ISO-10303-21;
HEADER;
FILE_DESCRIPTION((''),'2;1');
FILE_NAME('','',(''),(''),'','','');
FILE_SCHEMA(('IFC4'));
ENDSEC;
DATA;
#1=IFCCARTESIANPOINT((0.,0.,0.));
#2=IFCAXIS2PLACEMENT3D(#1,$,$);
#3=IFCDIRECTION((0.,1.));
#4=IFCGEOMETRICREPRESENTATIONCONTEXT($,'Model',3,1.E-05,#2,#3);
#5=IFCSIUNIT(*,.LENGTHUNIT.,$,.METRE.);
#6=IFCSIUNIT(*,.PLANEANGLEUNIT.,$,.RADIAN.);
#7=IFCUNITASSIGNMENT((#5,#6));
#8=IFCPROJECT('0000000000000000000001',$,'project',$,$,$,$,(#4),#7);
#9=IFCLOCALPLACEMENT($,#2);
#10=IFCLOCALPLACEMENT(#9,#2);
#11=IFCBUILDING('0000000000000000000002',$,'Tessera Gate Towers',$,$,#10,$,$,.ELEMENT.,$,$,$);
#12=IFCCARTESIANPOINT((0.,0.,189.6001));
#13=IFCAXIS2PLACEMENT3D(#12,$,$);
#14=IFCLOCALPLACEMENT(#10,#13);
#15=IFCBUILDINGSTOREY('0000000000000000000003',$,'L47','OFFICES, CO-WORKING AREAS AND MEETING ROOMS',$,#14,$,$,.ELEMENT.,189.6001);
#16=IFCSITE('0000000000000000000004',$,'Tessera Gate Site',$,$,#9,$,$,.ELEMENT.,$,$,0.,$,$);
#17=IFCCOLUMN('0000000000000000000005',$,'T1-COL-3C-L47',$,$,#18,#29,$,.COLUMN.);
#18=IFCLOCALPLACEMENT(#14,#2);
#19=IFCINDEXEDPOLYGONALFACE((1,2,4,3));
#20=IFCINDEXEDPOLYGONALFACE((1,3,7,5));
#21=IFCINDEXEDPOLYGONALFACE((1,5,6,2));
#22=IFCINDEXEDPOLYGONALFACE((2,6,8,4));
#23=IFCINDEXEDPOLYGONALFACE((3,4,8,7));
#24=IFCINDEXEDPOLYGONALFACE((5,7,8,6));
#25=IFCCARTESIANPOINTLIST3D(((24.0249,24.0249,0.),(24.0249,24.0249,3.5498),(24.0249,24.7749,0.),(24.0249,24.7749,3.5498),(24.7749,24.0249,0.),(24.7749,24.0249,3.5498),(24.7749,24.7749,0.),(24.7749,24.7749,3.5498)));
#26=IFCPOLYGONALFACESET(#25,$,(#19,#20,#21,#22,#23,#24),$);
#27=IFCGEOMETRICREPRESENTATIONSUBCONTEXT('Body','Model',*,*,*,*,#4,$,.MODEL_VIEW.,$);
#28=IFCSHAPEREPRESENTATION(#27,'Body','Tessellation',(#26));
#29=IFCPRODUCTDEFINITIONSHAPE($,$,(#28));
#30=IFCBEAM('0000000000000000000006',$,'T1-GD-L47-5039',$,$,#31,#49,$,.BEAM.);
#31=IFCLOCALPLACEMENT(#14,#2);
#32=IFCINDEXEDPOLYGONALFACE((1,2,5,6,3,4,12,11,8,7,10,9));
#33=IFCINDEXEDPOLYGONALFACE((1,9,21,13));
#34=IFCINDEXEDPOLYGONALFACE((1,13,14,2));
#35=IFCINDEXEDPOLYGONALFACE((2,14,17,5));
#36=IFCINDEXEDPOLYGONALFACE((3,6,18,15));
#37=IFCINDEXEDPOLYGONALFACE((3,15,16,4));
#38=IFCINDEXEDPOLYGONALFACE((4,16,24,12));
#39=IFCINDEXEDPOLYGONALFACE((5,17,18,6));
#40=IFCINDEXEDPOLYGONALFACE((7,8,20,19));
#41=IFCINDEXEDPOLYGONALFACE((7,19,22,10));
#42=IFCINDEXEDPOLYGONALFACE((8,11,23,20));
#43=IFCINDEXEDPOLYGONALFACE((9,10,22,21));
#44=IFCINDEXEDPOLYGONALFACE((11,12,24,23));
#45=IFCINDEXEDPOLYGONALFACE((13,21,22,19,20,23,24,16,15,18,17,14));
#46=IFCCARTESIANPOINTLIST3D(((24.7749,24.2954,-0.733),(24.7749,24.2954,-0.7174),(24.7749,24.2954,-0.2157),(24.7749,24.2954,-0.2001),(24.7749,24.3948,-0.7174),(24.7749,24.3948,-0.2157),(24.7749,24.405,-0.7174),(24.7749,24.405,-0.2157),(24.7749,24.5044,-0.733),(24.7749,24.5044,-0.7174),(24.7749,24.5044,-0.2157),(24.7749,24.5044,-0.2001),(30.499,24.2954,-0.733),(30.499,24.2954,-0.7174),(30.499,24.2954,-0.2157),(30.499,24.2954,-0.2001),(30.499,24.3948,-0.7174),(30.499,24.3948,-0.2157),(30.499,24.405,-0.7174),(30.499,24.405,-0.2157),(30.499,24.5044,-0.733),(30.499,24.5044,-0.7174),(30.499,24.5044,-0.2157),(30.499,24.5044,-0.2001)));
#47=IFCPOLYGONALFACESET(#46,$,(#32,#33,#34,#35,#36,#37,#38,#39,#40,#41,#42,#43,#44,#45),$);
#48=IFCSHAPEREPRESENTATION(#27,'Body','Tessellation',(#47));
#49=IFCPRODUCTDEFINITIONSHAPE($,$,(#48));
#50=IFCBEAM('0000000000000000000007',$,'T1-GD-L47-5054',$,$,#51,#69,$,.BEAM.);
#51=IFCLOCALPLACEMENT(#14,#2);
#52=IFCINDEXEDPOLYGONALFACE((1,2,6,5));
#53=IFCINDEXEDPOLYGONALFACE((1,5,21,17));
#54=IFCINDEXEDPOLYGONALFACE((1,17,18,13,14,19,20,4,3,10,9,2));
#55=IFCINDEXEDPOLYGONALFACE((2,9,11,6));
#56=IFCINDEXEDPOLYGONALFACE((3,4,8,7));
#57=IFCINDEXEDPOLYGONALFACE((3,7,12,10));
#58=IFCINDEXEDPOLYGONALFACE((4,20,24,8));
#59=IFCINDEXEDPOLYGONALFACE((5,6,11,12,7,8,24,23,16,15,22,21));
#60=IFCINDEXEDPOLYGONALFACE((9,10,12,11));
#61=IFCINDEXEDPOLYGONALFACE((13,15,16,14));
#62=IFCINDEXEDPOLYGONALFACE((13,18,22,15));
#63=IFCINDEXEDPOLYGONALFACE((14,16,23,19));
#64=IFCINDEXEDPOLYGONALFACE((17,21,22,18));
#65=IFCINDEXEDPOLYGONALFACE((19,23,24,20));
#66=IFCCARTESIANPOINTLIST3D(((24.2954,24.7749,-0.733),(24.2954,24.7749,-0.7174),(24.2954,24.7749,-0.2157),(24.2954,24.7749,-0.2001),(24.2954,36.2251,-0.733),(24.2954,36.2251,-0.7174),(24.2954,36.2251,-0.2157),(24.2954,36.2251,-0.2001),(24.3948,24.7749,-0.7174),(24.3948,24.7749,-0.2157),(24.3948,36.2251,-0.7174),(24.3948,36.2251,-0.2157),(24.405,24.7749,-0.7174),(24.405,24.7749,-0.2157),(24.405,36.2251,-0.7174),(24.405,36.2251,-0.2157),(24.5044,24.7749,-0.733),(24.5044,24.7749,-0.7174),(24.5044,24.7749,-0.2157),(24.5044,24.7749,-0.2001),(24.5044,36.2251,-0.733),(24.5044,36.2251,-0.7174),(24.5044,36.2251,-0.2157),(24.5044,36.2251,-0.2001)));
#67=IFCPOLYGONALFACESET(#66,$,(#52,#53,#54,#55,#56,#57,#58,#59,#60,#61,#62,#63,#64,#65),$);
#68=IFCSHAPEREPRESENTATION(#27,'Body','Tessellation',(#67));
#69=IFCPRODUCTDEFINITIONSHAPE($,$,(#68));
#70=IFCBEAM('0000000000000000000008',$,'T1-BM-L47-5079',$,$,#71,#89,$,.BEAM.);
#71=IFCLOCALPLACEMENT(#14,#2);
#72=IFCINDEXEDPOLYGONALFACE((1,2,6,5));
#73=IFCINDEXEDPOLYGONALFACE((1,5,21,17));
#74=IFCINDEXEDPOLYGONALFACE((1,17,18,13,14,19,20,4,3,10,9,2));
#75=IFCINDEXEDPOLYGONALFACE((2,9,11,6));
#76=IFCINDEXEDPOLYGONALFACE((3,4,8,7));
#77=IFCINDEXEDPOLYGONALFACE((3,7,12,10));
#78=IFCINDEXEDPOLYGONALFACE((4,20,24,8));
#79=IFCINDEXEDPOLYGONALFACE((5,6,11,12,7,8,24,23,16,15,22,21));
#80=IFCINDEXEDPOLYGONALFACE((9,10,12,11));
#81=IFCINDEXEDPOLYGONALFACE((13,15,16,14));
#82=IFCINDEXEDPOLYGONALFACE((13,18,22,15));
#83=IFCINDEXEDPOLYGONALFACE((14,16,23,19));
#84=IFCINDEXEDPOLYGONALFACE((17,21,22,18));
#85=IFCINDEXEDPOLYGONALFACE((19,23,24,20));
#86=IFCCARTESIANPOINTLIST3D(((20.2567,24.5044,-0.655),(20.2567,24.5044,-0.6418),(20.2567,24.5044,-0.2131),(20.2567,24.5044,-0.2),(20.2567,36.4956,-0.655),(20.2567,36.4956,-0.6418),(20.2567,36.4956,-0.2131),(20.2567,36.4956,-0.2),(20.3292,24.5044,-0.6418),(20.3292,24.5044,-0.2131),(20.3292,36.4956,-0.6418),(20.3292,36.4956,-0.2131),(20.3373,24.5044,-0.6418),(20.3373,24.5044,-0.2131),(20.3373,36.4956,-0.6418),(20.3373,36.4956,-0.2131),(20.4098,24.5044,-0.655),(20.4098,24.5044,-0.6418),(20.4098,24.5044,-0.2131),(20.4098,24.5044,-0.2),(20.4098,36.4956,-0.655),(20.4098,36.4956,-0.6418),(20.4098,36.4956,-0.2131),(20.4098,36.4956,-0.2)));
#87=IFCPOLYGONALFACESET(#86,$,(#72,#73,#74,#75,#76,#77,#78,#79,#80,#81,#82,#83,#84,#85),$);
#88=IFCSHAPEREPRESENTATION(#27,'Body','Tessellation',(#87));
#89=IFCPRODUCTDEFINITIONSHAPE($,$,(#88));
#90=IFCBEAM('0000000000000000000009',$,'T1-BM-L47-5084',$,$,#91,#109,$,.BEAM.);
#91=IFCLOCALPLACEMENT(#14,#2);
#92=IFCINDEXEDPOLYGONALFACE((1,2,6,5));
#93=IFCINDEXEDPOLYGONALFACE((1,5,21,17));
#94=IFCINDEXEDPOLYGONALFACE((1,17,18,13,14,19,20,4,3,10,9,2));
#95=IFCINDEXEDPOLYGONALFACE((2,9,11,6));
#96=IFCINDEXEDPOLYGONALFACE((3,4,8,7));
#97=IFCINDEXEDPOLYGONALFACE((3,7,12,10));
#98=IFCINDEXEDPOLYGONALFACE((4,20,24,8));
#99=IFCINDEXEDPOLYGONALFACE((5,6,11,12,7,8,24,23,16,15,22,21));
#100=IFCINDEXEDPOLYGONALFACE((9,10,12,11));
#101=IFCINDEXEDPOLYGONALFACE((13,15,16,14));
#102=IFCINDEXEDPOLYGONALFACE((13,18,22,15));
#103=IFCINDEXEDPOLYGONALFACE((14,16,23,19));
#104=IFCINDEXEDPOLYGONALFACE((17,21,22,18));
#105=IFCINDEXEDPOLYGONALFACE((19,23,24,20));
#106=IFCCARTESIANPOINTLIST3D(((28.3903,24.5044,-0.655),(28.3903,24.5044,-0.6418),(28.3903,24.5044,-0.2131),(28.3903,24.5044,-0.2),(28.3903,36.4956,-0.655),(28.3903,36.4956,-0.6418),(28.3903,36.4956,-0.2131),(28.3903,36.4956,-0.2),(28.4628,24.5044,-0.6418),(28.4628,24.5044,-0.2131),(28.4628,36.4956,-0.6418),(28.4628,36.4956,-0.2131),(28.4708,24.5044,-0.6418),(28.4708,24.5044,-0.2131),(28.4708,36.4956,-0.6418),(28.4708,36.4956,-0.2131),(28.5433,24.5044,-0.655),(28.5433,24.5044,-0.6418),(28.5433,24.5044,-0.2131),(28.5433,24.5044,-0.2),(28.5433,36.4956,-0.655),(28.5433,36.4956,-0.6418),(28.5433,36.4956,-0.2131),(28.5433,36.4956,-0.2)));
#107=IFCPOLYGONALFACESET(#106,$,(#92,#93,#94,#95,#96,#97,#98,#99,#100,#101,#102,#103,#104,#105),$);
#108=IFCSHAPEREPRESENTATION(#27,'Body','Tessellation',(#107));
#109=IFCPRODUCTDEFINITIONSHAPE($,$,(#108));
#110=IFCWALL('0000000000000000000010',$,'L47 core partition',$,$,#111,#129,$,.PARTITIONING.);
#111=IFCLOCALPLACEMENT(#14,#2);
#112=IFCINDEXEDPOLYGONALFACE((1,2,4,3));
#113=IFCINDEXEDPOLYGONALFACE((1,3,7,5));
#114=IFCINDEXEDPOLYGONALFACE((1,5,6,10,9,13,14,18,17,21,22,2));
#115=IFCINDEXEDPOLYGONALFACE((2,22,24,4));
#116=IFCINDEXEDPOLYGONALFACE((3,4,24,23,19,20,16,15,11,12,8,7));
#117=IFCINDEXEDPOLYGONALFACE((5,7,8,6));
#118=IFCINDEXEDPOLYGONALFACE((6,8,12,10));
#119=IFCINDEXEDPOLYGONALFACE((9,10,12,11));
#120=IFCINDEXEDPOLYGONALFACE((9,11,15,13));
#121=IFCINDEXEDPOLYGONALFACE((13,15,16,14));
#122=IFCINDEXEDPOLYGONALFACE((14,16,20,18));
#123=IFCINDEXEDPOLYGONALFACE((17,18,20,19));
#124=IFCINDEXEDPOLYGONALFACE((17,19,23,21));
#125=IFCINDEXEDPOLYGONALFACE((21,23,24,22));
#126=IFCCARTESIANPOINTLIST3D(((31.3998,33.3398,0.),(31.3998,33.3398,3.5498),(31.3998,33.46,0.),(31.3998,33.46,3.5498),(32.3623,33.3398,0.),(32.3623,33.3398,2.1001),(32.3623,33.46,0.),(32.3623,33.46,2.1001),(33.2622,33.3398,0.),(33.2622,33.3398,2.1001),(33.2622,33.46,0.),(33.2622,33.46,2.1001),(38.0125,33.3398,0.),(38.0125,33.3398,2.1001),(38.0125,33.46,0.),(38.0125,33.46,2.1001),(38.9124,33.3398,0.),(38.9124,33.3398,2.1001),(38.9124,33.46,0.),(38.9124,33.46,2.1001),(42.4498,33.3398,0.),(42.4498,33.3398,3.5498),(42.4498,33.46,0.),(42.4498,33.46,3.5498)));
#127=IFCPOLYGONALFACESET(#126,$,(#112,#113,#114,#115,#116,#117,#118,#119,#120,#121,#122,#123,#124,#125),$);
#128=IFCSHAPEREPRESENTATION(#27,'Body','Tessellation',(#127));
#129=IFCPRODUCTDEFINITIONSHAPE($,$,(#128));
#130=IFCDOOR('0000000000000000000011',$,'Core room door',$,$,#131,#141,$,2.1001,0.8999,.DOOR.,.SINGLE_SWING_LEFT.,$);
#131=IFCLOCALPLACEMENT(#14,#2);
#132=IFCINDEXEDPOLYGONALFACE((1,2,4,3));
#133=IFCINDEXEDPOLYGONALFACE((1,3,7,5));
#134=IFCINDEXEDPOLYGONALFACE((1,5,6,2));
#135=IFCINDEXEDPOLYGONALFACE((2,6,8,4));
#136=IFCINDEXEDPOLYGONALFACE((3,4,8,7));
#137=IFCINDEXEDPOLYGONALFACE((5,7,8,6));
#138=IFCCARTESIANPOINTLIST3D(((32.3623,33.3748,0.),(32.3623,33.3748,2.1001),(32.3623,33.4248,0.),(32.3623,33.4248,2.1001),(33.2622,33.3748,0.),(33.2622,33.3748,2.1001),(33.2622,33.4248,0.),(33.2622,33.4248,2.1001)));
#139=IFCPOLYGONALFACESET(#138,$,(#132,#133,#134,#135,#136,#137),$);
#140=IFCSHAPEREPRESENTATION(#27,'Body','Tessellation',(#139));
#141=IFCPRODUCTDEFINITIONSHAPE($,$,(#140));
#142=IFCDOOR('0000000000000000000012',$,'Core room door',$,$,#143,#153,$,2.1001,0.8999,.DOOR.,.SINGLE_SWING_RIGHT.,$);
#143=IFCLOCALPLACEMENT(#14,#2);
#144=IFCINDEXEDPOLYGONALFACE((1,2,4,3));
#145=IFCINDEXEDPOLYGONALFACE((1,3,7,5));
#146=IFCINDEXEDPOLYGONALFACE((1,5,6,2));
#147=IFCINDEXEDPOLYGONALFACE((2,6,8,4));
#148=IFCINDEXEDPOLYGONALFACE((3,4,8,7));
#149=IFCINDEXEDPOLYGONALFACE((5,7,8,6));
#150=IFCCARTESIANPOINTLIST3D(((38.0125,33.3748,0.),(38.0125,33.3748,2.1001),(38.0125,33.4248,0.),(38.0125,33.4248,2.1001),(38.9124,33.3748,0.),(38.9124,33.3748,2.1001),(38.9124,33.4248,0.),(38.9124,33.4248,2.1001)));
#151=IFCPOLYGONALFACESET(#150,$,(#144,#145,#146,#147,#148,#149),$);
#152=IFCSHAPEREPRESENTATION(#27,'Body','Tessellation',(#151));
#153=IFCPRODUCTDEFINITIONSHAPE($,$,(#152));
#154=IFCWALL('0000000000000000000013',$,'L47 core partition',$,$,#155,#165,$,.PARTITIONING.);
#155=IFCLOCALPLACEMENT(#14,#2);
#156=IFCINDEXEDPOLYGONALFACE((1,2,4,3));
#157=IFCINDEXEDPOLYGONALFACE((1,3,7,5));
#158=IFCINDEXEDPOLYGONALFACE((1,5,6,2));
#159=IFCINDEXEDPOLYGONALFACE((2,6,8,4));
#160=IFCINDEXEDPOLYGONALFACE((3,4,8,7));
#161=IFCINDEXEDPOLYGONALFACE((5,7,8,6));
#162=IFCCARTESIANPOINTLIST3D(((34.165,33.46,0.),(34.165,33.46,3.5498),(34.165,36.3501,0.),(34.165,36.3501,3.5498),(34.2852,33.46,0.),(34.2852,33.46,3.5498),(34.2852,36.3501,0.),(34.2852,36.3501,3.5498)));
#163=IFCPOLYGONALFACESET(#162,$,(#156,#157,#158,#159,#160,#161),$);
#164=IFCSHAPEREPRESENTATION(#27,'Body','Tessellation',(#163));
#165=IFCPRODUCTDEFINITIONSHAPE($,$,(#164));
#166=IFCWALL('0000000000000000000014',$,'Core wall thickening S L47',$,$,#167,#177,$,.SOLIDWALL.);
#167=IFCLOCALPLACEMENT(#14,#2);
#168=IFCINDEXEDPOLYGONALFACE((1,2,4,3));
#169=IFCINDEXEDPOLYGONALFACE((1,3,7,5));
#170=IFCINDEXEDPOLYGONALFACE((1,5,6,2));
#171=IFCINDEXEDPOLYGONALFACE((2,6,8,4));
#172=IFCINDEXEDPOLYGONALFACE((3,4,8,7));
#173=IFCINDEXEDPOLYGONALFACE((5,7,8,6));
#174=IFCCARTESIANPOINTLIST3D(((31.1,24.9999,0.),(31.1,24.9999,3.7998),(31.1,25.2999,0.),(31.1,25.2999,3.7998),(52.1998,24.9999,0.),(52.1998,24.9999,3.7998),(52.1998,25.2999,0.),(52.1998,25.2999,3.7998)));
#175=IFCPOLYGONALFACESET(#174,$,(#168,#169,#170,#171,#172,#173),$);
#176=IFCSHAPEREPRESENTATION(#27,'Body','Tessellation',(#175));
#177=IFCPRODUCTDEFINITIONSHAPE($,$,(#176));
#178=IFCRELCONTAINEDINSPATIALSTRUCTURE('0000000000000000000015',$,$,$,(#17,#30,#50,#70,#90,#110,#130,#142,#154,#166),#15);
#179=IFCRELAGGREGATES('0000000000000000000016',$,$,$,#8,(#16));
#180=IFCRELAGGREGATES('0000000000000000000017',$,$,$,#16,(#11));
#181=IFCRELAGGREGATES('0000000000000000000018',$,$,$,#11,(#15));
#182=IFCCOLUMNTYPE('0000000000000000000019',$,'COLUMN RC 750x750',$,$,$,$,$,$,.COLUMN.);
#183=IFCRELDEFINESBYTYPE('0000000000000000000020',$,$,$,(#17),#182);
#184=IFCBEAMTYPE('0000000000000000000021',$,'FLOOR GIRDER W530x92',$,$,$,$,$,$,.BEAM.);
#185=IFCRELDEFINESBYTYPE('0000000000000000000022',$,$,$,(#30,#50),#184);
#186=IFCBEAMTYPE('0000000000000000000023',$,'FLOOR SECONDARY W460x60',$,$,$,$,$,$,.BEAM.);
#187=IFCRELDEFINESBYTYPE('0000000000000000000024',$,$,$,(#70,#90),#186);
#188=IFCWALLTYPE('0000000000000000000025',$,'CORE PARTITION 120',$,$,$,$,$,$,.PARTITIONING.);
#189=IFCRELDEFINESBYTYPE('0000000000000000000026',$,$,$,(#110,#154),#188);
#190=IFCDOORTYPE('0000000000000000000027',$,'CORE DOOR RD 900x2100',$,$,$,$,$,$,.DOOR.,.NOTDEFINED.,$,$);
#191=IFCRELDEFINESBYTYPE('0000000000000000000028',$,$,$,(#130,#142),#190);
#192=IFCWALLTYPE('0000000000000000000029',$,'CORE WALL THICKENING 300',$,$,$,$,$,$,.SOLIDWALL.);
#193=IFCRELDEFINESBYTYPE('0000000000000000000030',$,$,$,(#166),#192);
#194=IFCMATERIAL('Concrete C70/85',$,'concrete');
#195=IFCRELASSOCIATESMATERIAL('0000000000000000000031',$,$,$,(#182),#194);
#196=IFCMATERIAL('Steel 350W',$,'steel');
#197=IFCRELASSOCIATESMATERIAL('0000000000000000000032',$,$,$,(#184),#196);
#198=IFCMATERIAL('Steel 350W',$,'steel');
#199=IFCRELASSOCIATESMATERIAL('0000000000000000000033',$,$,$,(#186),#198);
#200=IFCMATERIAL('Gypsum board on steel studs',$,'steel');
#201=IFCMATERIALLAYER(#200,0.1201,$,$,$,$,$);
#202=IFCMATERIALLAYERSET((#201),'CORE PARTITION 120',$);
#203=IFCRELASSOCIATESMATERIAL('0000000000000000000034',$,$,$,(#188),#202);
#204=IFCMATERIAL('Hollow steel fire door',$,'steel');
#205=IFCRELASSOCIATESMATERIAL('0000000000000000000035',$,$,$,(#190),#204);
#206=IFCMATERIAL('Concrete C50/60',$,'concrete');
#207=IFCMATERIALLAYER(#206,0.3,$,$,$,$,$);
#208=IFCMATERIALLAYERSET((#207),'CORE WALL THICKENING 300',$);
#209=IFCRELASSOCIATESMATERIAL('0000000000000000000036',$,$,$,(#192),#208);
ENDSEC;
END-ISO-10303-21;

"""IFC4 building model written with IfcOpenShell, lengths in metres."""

from ifc_helpers import new_model, si_unit, direction, frame, frame_2d, origin, origin_2d, place, context, subcontext, project, spatial, rectangle, i_section, extrude, source, transform, mapped, material, layer, layer_set, material_profile, profile_set, type_object, element, fill, save


model = new_model("IFC4")

# Units and contexts
model_context = context("Model", 3, precision=1e-05, world=origin(), true_north=direction((0.0, 1.0)))
body_context = subcontext(model_context, "Body", "Model", "MODEL_VIEW")
ifc_project = project(units=[si_unit("LENGTHUNIT", "METRE"), si_unit("PLANEANGLEUNIT", "RADIAN")], contexts=[model_context])

# Site, building, storey
site_placement = place(None, origin())
site = spatial("IfcSite", under=ifc_project, at=site_placement, Name="Tessera Gate Site", CompositionType="ELEMENT", RefElevation=0.0)
building_placement = place(site_placement, origin())
building = spatial("IfcBuilding", under=site, at=building_placement, Name="Tessera Gate Towers", CompositionType="ELEMENT")
storey_placement = place(building_placement, frame((0.0, 0.0, 189.6001)))
storey = spatial("IfcBuildingStorey", under=building, at=storey_placement, Name="L47", Description="OFFICES, CO-WORKING AREAS AND MEETING ROOMS", CompositionType="ELEMENT", Elevation=189.6001)

# Column
ifc_material_1 = material(Name="Concrete C70/85", Category="concrete")
ifc_material_profile_1 = material_profile(ifc_material_1, rectangle(XDim=0.75, YDim=0.75, at=origin_2d()), Name="RC 750x750")
ifc_profile_set_1 = profile_set([ifc_material_profile_1], Name="Concrete C70/85")
column_type = type_object("IfcColumnType", Name="COLUMN RC 750x750", PredefinedType="COLUMN", material=ifc_profile_set_1)
column_placement = place(storey_placement, frame((24.3999, 24.3999, 0.0), z_axis=(0.0, 0.0, 1.0), x_axis=(1.0, 0.0, 0.0)))
element("IfcColumn", 1, at=column_placement, inside=storey, type_object=column_type, Name="T1-COL-3C-L47", PredefinedType="COLUMN", context=body_context, shape_type="SweptSolid", body=[
    extrude(rectangle(XDim=0.75, YDim=0.75, at=origin_2d()), origin(), (0.0, 0.0, 1.0), 3.5498),
])

# Beams
ifc_material_2 = material(Name="Steel 350W", Category="steel")
ifc_material_profile_2 = material_profile(ifc_material_2, i_section(OverallWidth=0.209, OverallDepth=0.533, WebThickness=0.0103, FlangeThickness=0.0156, at=origin_2d()), Name="W530x92")
ifc_profile_set_2 = profile_set([ifc_material_profile_2], Name="Steel 350W")
beam_type_1 = type_object("IfcBeamType", Name="FLOOR GIRDER W530x92", PredefinedType="BEAM", material=ifc_profile_set_2)
beam_1_placement = place(storey_placement, frame((24.7749, 24.3999, -0.4666), z_axis=(1.0, 0.0, 0.0), x_axis=(0.0, 1.0, 0.0)))
element("IfcBeam", 2, at=beam_1_placement, inside=storey, type_object=beam_type_1, Name="T1-GD-L47-5039", PredefinedType="BEAM", context=body_context, shape_type="SweptSolid", body=[
    extrude(i_section(OverallWidth=0.209, OverallDepth=0.533, WebThickness=0.0103, FlangeThickness=0.0156, at=origin_2d()), origin(), (0.0, 0.0, 1.0), 5.7241),
])
beam_2_placement = place(storey_placement, frame((24.3999, 24.7749, -0.4666), z_axis=(0.0, 1.0, 0.0), x_axis=(-1.0, 0.0, 0.0)))
element("IfcBeam", 3, at=beam_2_placement, inside=storey, type_object=beam_type_1, Name="T1-GD-L47-5054", PredefinedType="BEAM", context=body_context, shape_type="SweptSolid", body=[
    extrude(i_section(OverallWidth=0.209, OverallDepth=0.533, WebThickness=0.0103, FlangeThickness=0.0156, at=origin_2d()), origin(), (0.0, 0.0, 1.0), 11.4502),
])
ifc_material_3 = material(Name="Steel 350W", Category="steel")
ifc_material_profile_3 = material_profile(ifc_material_3, i_section(OverallWidth=0.1531, OverallDepth=0.4551, WebThickness=0.0081, FlangeThickness=0.0132, at=origin_2d()), Name="W460x60")
ifc_profile_set_3 = profile_set([ifc_material_profile_3], Name="Steel 350W")
beam_type_2 = type_object("IfcBeamType", Name="FLOOR SECONDARY W460x60", PredefinedType="BEAM", material=ifc_profile_set_3)
for number, where, z_axis, x_axis, name in (
    (4, (20.3333, 24.5044, -0.4275), (0.0, 1.0, 0.0), (-1.0, 0.0, 0.0), "T1-BM-L47-5079"),
    (5, (28.4668, 24.5044, -0.4275), (0.0, 1.0, 0.0), (-1.0, 0.0, 0.0), "T1-BM-L47-5084"),
):
    element("IfcBeam", number, at=place(storey_placement, frame(where, z_axis=z_axis, x_axis=x_axis)), inside=storey, type_object=beam_type_2, Name=name, PredefinedType="BEAM", context=body_context, shape_type="SweptSolid", body=[
        extrude(i_section(OverallWidth=0.1531, OverallDepth=0.4551, WebThickness=0.0081, FlangeThickness=0.0132, at=origin_2d()), origin(), (0.0, 0.0, 1.0), 11.9912),
    ])

# Wall, openings, doors
ifc_material_4 = material(Name="Gypsum board on steel studs", Category="steel")
ifc_layer_1 = layer(ifc_material_4, 0.1201)
ifc_layer_set_1 = layer_set([ifc_layer_1], Name="CORE PARTITION 120")
wall_type_1 = type_object("IfcWallType", Name="CORE PARTITION 120", PredefinedType="PARTITIONING", material=ifc_layer_set_1)
wall_1_placement = place(storey_placement, frame((31.3999, 33.3999, 0.0), z_axis=(0.0, 0.0, 1.0), x_axis=(1.0, 0.0, 0.0)))
wall_1 = element("IfcWall", 6, at=wall_1_placement, inside=storey, type_object=wall_type_1, Name="L47 core partition", PredefinedType="PARTITIONING", context=body_context, shape_type="SweptSolid", body=[
    extrude(rectangle(XDim=11.05, YDim=0.1201, at=frame_2d((5.5249, 0.0))), origin(), (0.0, 0.0, 1.0), 3.5498),
])
shared_shape_1 = source(origin(), body_context, "Body", "SweptSolid", [
    extrude(rectangle(XDim=0.8999, YDim=2.1001, at=frame_2d((0.45, 1.05))), frame((0.0, 0.0701, 0.0), z_axis=(0.0, -1.0, 0.0), x_axis=(1.0, 0.0, 0.0)), (0.0, 0.0, 1.0), 0.1401),
])
opening_1_placement = place(wall_1_placement, frame((0.9624, 0.0, 0.0)))
opening_1 = element("IfcOpeningElement", 7, at=opening_1_placement, cuts=wall_1, PredefinedType="OPENING", context=body_context, shape_type="MappedRepresentation", body=[
    mapped(shared_shape_1, transform((0.0, 0.0, 0.0), scale=1.0)),
])
opening_2_placement = place(wall_1_placement, frame((6.6125, 0.0, 0.0)))
opening_2 = element("IfcOpeningElement", 8, at=opening_2_placement, cuts=wall_1, PredefinedType="OPENING", context=body_context, shape_type="MappedRepresentation", body=[
    mapped(shared_shape_1, transform((0.0, 0.0, 0.0), scale=1.0)),
])
ifc_material_5 = material(Name="Hollow steel fire door", Category="steel")
door_type_1 = type_object("IfcDoorType", Name="CORE DOOR RD 900x2100", OperationType="NOTDEFINED", PredefinedType="DOOR", material=ifc_material_5)
shared_shape_2 = source(origin(), body_context, "Body", "SweptSolid", [
    extrude(rectangle(XDim=0.8999, YDim=2.1001, at=frame_2d((0.45, 1.05))), frame((0.0, 0.0249, 0.0), z_axis=(0.0, -1.0, 0.0), x_axis=(1.0, 0.0, 0.0)), (0.0, 0.0, 1.0), 0.05),
])
door_1_placement = place(opening_1_placement, origin())
door_1 = element("IfcDoor", 9, at=door_1_placement, inside=storey, type_object=door_type_1, Name="Core room door", OperationType="SINGLE_SWING_LEFT", OverallHeight=2.1001, OverallWidth=0.8999, PredefinedType="DOOR", context=body_context, shape_type="MappedRepresentation", body=[
    mapped(shared_shape_2, transform((0.0, 0.0, 0.0), scale=1.0)),
])
fill(opening_1, door_1)
door_2_placement = place(opening_2_placement, origin())
door_2 = element("IfcDoor", 10, at=door_2_placement, inside=storey, type_object=door_type_1, Name="Core room door", OperationType="SINGLE_SWING_RIGHT", OverallHeight=2.1001, OverallWidth=0.8999, PredefinedType="DOOR", context=body_context, shape_type="MappedRepresentation", body=[
    mapped(shared_shape_2, transform((0.0, 0.0, 0.0), scale=1.0)),
])
fill(opening_2, door_2)

# Wall
wall_2_placement = place(storey_placement, frame((34.2251, 33.46, 0.0), z_axis=(0.0, 0.0, 1.0), x_axis=(0.0, 1.0, 0.0)))
element("IfcWall", 11, at=wall_2_placement, inside=storey, type_object=wall_type_1, Name="L47 core partition", PredefinedType="PARTITIONING", context=body_context, shape_type="SweptSolid", body=[
    extrude(rectangle(XDim=2.8901, YDim=0.1201, at=frame_2d((1.4451, 0.0))), origin(), (0.0, 0.0, 1.0), 3.5498),
])

# Wall
ifc_material_6 = material(Name="Concrete C50/60", Category="concrete")
ifc_layer_2 = layer(ifc_material_6, 0.3)
ifc_layer_set_2 = layer_set([ifc_layer_2], Name="CORE WALL THICKENING 300")
wall_type_2 = type_object("IfcWallType", Name="CORE WALL THICKENING 300", PredefinedType="SOLIDWALL", material=ifc_layer_set_2)
wall_3_placement = place(storey_placement, frame((31.1001, 25.1499, 0.0), z_axis=(0.0, 0.0, 1.0), x_axis=(1.0, 0.0, 0.0)))
element("IfcWall", 12, at=wall_3_placement, inside=storey, type_object=wall_type_2, Name="Core wall thickening S L47", PredefinedType="SOLIDWALL", context=body_context, shape_type="SweptSolid", body=[
    extrude(rectangle(XDim=21.0999, YDim=0.3, at=frame_2d((10.5498, 0.0))), origin(), (0.0, 0.0, 1.0), 3.7998),
])

save(model, "model.ifc")
